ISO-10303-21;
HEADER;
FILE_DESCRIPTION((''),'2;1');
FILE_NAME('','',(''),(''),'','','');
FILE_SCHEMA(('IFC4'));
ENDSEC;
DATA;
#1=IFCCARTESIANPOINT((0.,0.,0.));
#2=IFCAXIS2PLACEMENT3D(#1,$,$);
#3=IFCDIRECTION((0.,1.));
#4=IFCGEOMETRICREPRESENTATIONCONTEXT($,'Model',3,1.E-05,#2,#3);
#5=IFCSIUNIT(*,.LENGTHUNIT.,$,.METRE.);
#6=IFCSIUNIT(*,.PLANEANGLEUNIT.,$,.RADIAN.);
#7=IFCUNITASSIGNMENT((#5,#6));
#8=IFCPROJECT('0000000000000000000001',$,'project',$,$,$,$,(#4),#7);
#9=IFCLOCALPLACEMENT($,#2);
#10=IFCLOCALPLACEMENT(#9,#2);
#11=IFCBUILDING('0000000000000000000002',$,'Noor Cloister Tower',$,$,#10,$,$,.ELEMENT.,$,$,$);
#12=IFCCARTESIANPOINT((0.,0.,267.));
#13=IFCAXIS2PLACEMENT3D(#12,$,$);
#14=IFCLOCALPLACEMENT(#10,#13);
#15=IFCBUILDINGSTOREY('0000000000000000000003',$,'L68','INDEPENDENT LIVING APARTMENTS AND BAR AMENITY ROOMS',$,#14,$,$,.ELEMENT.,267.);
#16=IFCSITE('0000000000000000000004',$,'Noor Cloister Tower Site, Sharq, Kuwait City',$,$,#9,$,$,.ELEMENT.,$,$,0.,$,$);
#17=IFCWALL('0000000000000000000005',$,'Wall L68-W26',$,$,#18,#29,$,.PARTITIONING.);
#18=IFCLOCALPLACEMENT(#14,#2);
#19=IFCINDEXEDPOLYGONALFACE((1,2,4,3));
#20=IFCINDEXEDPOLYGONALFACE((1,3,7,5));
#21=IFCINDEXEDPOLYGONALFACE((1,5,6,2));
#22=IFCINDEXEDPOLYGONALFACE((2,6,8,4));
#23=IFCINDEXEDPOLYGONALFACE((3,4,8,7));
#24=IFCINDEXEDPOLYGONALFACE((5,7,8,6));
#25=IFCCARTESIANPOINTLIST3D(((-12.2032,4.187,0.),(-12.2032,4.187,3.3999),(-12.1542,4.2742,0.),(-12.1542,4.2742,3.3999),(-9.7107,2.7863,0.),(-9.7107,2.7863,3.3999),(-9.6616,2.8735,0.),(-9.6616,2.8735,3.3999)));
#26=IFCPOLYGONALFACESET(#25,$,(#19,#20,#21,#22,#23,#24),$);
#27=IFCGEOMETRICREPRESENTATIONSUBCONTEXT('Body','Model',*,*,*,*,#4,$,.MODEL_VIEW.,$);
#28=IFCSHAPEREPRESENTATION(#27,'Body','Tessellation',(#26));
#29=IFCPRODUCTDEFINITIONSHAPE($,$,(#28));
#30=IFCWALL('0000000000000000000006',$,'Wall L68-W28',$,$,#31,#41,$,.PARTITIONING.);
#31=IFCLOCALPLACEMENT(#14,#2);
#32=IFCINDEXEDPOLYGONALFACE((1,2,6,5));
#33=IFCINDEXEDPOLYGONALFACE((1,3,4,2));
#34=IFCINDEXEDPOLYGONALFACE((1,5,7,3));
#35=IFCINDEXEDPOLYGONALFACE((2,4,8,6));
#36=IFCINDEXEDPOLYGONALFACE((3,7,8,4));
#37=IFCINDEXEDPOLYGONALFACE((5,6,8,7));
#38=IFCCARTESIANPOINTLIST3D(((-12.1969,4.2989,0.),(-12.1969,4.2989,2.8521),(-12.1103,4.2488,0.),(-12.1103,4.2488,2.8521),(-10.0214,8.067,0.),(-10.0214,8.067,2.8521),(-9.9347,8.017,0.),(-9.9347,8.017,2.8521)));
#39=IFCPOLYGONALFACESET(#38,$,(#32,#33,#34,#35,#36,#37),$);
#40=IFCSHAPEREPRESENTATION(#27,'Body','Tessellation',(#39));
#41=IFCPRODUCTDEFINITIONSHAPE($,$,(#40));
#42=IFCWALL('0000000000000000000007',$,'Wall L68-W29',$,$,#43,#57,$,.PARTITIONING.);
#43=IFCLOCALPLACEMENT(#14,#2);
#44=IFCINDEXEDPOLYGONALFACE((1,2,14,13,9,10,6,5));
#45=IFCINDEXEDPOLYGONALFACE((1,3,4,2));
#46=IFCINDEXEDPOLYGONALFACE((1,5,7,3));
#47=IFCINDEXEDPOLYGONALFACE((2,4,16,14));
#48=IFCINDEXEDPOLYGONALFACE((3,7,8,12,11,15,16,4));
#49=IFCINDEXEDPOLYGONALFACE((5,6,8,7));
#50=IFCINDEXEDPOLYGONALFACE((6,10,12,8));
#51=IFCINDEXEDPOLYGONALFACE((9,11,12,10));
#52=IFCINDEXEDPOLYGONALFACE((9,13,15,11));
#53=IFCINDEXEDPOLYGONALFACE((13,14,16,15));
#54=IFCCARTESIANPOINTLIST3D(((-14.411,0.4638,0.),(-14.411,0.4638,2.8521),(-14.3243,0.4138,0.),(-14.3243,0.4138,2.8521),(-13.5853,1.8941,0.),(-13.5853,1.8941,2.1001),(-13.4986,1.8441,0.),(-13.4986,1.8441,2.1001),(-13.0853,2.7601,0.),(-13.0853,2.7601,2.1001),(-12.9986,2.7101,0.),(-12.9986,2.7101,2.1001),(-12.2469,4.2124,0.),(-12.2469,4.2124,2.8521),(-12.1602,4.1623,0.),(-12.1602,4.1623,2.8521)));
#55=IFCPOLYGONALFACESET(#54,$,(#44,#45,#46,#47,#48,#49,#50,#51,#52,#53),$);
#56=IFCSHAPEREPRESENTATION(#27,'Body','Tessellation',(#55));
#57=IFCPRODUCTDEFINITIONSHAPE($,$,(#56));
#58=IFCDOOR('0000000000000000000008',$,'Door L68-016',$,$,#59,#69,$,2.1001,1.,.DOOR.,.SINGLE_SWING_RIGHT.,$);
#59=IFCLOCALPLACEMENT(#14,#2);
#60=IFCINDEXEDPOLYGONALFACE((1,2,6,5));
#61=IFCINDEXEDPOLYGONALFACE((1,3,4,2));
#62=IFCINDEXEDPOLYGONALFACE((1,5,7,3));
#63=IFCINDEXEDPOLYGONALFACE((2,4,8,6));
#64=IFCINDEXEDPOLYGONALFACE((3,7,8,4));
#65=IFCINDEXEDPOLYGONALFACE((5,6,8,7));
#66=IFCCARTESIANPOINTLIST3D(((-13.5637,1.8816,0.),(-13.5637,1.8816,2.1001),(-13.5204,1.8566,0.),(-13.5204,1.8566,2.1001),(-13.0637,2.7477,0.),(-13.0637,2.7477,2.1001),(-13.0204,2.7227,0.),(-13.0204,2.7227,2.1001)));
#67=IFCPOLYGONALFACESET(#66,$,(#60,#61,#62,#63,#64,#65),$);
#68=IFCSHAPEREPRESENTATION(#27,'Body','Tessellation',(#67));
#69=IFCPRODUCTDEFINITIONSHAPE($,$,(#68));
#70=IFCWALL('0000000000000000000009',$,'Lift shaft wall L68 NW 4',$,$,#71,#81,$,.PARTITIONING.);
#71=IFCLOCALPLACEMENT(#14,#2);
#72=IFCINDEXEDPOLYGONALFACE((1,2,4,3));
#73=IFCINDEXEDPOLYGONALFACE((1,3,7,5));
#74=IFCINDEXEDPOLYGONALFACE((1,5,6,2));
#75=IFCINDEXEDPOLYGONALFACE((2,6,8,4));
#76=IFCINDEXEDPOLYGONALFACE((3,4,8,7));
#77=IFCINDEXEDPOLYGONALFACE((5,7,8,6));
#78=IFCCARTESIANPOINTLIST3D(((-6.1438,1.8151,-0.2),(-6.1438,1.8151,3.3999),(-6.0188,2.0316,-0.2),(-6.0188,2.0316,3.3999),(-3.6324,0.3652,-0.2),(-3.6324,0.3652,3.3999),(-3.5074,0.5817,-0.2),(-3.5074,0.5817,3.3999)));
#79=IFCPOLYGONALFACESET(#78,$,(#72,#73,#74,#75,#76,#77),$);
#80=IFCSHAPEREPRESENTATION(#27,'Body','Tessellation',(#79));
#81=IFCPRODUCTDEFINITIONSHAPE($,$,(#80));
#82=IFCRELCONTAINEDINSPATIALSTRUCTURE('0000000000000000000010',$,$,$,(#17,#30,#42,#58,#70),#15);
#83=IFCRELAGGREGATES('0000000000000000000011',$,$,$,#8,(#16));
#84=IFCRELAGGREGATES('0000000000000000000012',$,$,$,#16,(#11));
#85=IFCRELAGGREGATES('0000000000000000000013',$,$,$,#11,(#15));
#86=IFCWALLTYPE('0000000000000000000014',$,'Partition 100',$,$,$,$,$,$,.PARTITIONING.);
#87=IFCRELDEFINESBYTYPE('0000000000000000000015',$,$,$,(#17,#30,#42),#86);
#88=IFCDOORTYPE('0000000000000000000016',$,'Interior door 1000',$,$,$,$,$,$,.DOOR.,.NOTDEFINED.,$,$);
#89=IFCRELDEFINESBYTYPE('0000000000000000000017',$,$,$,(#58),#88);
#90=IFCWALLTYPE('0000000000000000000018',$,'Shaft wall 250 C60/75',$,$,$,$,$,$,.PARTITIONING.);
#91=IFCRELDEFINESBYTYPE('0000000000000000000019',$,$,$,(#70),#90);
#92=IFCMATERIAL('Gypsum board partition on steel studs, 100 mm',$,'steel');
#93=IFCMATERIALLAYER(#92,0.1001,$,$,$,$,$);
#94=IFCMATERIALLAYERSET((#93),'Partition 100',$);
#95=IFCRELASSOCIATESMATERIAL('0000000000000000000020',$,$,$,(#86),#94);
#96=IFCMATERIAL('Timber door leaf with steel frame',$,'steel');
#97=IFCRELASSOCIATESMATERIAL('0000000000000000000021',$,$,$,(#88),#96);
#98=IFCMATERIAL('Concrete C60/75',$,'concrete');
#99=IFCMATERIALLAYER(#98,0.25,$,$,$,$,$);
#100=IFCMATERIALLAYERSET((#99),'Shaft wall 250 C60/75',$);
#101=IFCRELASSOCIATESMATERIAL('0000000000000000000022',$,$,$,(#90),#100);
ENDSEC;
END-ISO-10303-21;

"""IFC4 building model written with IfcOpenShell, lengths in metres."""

from ifc_helpers import new_model, si_unit, direction, frame, frame_2d, origin, place, context, subcontext, project, spatial, rectangle, extrude, material, layer, layer_set, type_object, element, fill, save


model = new_model("IFC4")

# Units and contexts
model_context = context("Model", 3, precision=1e-05, world=origin(), true_north=direction((0.0, 1.0)))
body_context = subcontext(model_context, "Body", "Model", "MODEL_VIEW")
ifc_project = project(units=[si_unit("LENGTHUNIT", "METRE"), si_unit("PLANEANGLEUNIT", "RADIAN")], contexts=[model_context])

# Site, building, storey
site_placement = place(None, origin())
site = spatial("IfcSite", under=ifc_project, at=site_placement, Name="Noor Cloister Tower Site, Sharq, Kuwait City", CompositionType="ELEMENT", RefElevation=0.0)
building_placement = place(site_placement, origin())
building = spatial("IfcBuilding", under=site, at=building_placement, Name="Noor Cloister Tower", CompositionType="ELEMENT")
storey_placement = place(building_placement, frame((0.0, 0.0, 267.0)))
storey = spatial("IfcBuildingStorey", under=building, at=storey_placement, Name="L68", Description="INDEPENDENT LIVING APARTMENTS AND BAR AMENITY ROOMS", CompositionType="ELEMENT", Elevation=267.0)

# Shared definitions
ifc_material_1 = material(Name="Gypsum board partition on steel studs, 100 mm", Category="steel")
ifc_layer_1 = layer(ifc_material_1, 0.1001)
ifc_layer_set_1 = layer_set([ifc_layer_1], Name="Partition 100")
wall_type_1 = type_object("IfcWallType", Name="Partition 100", PredefinedType="PARTITIONING", material=ifc_layer_set_1)

# Walls
wall_1_placement = place(storey_placement, frame((-9.686, 2.8298, 0.0), z_axis=(0.0, 0.0, 1.0), x_axis=(-0.871778, 0.4899, 0.0)))
element("IfcWall", 1, at=wall_1_placement, inside=storey, type_object=wall_type_1, Name="Wall L68-W26", PredefinedType="PARTITIONING", context=body_context, shape_type="SweptSolid", body=[
    extrude(rectangle(XDim=2.8591, YDim=0.1001, at=frame_2d((1.4297, 0.0))), origin(), (0.0, 0.0, 1.0), 3.3999),
])
wall_2_placement = place(storey_placement, frame((-9.978, 8.042, 0.0), z_axis=(0.0, 0.0, 1.0), x_axis=(-0.500007, -0.866021, 0.0)))
element("IfcWall", 2, at=wall_2_placement, inside=storey, type_object=wall_type_1, Name="Wall L68-W28", PredefinedType="PARTITIONING", context=body_context, shape_type="SweptSolid", body=[
    extrude(rectangle(XDim=4.3511, YDim=0.1001, at=frame_2d((2.1755, 0.0))), origin(), (0.0, 0.0, 1.0), 2.8521),
])

# Wall, opening, door
wall_3_placement = place(storey_placement, frame((-12.2036, 4.1873, 0.0), z_axis=(0.0, 0.0, 1.0), x_axis=(-0.499973, -0.866041, 0.0)))
wall_3 = element("IfcWall", 3, at=wall_3_placement, inside=storey, type_object=wall_type_1, Name="Wall L68-W29", PredefinedType="PARTITIONING", context=body_context, shape_type="SweptSolid", body=[
    extrude(rectangle(XDim=4.3284, YDim=0.1001, at=frame_2d((2.1641, 0.0))), origin(), (0.0, 0.0, 1.0), 2.8521),
])
opening_1_placement = place(wall_3_placement, frame((1.6768, 0.0, 0.0)))
opening_1 = element("IfcOpeningElement", 4, at=opening_1_placement, cuts=wall_3, PredefinedType="OPENING", context=body_context, shape_type="SweptSolid", body=[
    extrude(rectangle(XDim=1.0, YDim=2.1001, at=frame_2d((0.5, 1.05))), frame((0.0, 0.0601, 0.0), z_axis=(0.0, -1.0, 0.0), x_axis=(1.0, 0.0, 0.0)), (0.0, 0.0, 1.0), 0.1201),
])
ifc_material_2 = material(Name="Timber door leaf with steel frame", Category="steel")
door_type_1 = type_object("IfcDoorType", Name="Interior door 1000", OperationType="NOTDEFINED", PredefinedType="DOOR", material=ifc_material_2)
door_1_placement = place(opening_1_placement, origin())
door_1 = element("IfcDoor", 5, at=door_1_placement, inside=storey, type_object=door_type_1, Name="Door L68-016", OperationType="SINGLE_SWING_RIGHT", OverallHeight=2.1001, OverallWidth=1.0, PredefinedType="DOOR", context=body_context, shape_type="SweptSolid", body=[
    extrude(rectangle(XDim=1.0, YDim=2.1001, at=frame_2d((0.5, 1.05))), frame((0.0, 0.0249, 0.0), z_axis=(0.0, -1.0, 0.0), x_axis=(1.0, 0.0, 0.0)), (0.0, 0.0, 1.0), 0.05),
])
fill(opening_1, door_1)

# Wall
ifc_material_3 = material(Name="Concrete C60/75", Category="concrete")
ifc_layer_2 = layer(ifc_material_3, 0.25)
ifc_layer_set_2 = layer_set([ifc_layer_2], Name="Shaft wall 250 C60/75")
wall_type_2 = type_object("IfcWallType", Name="Shaft wall 250 C60/75", PredefinedType="PARTITIONING", material=ifc_layer_set_2)
wall_4_placement = place(storey_placement, frame((-6.0813, 1.9233, -0.2), z_axis=(0.0, 0.0, 1.0), x_axis=(0.866033, -0.499987, 0.0)))
element("IfcWall", 6, at=wall_4_placement, inside=storey, type_object=wall_type_2, Name="Lift shaft wall L68 NW 4", PredefinedType="PARTITIONING", context=body_context, shape_type="SweptSolid", body=[
    extrude(rectangle(XDim=2.8999, YDim=0.25, at=frame_2d((1.45, 0.0))), origin(), (0.0, 0.0, 1.0), 3.5999),
])

save(model, "model.ifc")
